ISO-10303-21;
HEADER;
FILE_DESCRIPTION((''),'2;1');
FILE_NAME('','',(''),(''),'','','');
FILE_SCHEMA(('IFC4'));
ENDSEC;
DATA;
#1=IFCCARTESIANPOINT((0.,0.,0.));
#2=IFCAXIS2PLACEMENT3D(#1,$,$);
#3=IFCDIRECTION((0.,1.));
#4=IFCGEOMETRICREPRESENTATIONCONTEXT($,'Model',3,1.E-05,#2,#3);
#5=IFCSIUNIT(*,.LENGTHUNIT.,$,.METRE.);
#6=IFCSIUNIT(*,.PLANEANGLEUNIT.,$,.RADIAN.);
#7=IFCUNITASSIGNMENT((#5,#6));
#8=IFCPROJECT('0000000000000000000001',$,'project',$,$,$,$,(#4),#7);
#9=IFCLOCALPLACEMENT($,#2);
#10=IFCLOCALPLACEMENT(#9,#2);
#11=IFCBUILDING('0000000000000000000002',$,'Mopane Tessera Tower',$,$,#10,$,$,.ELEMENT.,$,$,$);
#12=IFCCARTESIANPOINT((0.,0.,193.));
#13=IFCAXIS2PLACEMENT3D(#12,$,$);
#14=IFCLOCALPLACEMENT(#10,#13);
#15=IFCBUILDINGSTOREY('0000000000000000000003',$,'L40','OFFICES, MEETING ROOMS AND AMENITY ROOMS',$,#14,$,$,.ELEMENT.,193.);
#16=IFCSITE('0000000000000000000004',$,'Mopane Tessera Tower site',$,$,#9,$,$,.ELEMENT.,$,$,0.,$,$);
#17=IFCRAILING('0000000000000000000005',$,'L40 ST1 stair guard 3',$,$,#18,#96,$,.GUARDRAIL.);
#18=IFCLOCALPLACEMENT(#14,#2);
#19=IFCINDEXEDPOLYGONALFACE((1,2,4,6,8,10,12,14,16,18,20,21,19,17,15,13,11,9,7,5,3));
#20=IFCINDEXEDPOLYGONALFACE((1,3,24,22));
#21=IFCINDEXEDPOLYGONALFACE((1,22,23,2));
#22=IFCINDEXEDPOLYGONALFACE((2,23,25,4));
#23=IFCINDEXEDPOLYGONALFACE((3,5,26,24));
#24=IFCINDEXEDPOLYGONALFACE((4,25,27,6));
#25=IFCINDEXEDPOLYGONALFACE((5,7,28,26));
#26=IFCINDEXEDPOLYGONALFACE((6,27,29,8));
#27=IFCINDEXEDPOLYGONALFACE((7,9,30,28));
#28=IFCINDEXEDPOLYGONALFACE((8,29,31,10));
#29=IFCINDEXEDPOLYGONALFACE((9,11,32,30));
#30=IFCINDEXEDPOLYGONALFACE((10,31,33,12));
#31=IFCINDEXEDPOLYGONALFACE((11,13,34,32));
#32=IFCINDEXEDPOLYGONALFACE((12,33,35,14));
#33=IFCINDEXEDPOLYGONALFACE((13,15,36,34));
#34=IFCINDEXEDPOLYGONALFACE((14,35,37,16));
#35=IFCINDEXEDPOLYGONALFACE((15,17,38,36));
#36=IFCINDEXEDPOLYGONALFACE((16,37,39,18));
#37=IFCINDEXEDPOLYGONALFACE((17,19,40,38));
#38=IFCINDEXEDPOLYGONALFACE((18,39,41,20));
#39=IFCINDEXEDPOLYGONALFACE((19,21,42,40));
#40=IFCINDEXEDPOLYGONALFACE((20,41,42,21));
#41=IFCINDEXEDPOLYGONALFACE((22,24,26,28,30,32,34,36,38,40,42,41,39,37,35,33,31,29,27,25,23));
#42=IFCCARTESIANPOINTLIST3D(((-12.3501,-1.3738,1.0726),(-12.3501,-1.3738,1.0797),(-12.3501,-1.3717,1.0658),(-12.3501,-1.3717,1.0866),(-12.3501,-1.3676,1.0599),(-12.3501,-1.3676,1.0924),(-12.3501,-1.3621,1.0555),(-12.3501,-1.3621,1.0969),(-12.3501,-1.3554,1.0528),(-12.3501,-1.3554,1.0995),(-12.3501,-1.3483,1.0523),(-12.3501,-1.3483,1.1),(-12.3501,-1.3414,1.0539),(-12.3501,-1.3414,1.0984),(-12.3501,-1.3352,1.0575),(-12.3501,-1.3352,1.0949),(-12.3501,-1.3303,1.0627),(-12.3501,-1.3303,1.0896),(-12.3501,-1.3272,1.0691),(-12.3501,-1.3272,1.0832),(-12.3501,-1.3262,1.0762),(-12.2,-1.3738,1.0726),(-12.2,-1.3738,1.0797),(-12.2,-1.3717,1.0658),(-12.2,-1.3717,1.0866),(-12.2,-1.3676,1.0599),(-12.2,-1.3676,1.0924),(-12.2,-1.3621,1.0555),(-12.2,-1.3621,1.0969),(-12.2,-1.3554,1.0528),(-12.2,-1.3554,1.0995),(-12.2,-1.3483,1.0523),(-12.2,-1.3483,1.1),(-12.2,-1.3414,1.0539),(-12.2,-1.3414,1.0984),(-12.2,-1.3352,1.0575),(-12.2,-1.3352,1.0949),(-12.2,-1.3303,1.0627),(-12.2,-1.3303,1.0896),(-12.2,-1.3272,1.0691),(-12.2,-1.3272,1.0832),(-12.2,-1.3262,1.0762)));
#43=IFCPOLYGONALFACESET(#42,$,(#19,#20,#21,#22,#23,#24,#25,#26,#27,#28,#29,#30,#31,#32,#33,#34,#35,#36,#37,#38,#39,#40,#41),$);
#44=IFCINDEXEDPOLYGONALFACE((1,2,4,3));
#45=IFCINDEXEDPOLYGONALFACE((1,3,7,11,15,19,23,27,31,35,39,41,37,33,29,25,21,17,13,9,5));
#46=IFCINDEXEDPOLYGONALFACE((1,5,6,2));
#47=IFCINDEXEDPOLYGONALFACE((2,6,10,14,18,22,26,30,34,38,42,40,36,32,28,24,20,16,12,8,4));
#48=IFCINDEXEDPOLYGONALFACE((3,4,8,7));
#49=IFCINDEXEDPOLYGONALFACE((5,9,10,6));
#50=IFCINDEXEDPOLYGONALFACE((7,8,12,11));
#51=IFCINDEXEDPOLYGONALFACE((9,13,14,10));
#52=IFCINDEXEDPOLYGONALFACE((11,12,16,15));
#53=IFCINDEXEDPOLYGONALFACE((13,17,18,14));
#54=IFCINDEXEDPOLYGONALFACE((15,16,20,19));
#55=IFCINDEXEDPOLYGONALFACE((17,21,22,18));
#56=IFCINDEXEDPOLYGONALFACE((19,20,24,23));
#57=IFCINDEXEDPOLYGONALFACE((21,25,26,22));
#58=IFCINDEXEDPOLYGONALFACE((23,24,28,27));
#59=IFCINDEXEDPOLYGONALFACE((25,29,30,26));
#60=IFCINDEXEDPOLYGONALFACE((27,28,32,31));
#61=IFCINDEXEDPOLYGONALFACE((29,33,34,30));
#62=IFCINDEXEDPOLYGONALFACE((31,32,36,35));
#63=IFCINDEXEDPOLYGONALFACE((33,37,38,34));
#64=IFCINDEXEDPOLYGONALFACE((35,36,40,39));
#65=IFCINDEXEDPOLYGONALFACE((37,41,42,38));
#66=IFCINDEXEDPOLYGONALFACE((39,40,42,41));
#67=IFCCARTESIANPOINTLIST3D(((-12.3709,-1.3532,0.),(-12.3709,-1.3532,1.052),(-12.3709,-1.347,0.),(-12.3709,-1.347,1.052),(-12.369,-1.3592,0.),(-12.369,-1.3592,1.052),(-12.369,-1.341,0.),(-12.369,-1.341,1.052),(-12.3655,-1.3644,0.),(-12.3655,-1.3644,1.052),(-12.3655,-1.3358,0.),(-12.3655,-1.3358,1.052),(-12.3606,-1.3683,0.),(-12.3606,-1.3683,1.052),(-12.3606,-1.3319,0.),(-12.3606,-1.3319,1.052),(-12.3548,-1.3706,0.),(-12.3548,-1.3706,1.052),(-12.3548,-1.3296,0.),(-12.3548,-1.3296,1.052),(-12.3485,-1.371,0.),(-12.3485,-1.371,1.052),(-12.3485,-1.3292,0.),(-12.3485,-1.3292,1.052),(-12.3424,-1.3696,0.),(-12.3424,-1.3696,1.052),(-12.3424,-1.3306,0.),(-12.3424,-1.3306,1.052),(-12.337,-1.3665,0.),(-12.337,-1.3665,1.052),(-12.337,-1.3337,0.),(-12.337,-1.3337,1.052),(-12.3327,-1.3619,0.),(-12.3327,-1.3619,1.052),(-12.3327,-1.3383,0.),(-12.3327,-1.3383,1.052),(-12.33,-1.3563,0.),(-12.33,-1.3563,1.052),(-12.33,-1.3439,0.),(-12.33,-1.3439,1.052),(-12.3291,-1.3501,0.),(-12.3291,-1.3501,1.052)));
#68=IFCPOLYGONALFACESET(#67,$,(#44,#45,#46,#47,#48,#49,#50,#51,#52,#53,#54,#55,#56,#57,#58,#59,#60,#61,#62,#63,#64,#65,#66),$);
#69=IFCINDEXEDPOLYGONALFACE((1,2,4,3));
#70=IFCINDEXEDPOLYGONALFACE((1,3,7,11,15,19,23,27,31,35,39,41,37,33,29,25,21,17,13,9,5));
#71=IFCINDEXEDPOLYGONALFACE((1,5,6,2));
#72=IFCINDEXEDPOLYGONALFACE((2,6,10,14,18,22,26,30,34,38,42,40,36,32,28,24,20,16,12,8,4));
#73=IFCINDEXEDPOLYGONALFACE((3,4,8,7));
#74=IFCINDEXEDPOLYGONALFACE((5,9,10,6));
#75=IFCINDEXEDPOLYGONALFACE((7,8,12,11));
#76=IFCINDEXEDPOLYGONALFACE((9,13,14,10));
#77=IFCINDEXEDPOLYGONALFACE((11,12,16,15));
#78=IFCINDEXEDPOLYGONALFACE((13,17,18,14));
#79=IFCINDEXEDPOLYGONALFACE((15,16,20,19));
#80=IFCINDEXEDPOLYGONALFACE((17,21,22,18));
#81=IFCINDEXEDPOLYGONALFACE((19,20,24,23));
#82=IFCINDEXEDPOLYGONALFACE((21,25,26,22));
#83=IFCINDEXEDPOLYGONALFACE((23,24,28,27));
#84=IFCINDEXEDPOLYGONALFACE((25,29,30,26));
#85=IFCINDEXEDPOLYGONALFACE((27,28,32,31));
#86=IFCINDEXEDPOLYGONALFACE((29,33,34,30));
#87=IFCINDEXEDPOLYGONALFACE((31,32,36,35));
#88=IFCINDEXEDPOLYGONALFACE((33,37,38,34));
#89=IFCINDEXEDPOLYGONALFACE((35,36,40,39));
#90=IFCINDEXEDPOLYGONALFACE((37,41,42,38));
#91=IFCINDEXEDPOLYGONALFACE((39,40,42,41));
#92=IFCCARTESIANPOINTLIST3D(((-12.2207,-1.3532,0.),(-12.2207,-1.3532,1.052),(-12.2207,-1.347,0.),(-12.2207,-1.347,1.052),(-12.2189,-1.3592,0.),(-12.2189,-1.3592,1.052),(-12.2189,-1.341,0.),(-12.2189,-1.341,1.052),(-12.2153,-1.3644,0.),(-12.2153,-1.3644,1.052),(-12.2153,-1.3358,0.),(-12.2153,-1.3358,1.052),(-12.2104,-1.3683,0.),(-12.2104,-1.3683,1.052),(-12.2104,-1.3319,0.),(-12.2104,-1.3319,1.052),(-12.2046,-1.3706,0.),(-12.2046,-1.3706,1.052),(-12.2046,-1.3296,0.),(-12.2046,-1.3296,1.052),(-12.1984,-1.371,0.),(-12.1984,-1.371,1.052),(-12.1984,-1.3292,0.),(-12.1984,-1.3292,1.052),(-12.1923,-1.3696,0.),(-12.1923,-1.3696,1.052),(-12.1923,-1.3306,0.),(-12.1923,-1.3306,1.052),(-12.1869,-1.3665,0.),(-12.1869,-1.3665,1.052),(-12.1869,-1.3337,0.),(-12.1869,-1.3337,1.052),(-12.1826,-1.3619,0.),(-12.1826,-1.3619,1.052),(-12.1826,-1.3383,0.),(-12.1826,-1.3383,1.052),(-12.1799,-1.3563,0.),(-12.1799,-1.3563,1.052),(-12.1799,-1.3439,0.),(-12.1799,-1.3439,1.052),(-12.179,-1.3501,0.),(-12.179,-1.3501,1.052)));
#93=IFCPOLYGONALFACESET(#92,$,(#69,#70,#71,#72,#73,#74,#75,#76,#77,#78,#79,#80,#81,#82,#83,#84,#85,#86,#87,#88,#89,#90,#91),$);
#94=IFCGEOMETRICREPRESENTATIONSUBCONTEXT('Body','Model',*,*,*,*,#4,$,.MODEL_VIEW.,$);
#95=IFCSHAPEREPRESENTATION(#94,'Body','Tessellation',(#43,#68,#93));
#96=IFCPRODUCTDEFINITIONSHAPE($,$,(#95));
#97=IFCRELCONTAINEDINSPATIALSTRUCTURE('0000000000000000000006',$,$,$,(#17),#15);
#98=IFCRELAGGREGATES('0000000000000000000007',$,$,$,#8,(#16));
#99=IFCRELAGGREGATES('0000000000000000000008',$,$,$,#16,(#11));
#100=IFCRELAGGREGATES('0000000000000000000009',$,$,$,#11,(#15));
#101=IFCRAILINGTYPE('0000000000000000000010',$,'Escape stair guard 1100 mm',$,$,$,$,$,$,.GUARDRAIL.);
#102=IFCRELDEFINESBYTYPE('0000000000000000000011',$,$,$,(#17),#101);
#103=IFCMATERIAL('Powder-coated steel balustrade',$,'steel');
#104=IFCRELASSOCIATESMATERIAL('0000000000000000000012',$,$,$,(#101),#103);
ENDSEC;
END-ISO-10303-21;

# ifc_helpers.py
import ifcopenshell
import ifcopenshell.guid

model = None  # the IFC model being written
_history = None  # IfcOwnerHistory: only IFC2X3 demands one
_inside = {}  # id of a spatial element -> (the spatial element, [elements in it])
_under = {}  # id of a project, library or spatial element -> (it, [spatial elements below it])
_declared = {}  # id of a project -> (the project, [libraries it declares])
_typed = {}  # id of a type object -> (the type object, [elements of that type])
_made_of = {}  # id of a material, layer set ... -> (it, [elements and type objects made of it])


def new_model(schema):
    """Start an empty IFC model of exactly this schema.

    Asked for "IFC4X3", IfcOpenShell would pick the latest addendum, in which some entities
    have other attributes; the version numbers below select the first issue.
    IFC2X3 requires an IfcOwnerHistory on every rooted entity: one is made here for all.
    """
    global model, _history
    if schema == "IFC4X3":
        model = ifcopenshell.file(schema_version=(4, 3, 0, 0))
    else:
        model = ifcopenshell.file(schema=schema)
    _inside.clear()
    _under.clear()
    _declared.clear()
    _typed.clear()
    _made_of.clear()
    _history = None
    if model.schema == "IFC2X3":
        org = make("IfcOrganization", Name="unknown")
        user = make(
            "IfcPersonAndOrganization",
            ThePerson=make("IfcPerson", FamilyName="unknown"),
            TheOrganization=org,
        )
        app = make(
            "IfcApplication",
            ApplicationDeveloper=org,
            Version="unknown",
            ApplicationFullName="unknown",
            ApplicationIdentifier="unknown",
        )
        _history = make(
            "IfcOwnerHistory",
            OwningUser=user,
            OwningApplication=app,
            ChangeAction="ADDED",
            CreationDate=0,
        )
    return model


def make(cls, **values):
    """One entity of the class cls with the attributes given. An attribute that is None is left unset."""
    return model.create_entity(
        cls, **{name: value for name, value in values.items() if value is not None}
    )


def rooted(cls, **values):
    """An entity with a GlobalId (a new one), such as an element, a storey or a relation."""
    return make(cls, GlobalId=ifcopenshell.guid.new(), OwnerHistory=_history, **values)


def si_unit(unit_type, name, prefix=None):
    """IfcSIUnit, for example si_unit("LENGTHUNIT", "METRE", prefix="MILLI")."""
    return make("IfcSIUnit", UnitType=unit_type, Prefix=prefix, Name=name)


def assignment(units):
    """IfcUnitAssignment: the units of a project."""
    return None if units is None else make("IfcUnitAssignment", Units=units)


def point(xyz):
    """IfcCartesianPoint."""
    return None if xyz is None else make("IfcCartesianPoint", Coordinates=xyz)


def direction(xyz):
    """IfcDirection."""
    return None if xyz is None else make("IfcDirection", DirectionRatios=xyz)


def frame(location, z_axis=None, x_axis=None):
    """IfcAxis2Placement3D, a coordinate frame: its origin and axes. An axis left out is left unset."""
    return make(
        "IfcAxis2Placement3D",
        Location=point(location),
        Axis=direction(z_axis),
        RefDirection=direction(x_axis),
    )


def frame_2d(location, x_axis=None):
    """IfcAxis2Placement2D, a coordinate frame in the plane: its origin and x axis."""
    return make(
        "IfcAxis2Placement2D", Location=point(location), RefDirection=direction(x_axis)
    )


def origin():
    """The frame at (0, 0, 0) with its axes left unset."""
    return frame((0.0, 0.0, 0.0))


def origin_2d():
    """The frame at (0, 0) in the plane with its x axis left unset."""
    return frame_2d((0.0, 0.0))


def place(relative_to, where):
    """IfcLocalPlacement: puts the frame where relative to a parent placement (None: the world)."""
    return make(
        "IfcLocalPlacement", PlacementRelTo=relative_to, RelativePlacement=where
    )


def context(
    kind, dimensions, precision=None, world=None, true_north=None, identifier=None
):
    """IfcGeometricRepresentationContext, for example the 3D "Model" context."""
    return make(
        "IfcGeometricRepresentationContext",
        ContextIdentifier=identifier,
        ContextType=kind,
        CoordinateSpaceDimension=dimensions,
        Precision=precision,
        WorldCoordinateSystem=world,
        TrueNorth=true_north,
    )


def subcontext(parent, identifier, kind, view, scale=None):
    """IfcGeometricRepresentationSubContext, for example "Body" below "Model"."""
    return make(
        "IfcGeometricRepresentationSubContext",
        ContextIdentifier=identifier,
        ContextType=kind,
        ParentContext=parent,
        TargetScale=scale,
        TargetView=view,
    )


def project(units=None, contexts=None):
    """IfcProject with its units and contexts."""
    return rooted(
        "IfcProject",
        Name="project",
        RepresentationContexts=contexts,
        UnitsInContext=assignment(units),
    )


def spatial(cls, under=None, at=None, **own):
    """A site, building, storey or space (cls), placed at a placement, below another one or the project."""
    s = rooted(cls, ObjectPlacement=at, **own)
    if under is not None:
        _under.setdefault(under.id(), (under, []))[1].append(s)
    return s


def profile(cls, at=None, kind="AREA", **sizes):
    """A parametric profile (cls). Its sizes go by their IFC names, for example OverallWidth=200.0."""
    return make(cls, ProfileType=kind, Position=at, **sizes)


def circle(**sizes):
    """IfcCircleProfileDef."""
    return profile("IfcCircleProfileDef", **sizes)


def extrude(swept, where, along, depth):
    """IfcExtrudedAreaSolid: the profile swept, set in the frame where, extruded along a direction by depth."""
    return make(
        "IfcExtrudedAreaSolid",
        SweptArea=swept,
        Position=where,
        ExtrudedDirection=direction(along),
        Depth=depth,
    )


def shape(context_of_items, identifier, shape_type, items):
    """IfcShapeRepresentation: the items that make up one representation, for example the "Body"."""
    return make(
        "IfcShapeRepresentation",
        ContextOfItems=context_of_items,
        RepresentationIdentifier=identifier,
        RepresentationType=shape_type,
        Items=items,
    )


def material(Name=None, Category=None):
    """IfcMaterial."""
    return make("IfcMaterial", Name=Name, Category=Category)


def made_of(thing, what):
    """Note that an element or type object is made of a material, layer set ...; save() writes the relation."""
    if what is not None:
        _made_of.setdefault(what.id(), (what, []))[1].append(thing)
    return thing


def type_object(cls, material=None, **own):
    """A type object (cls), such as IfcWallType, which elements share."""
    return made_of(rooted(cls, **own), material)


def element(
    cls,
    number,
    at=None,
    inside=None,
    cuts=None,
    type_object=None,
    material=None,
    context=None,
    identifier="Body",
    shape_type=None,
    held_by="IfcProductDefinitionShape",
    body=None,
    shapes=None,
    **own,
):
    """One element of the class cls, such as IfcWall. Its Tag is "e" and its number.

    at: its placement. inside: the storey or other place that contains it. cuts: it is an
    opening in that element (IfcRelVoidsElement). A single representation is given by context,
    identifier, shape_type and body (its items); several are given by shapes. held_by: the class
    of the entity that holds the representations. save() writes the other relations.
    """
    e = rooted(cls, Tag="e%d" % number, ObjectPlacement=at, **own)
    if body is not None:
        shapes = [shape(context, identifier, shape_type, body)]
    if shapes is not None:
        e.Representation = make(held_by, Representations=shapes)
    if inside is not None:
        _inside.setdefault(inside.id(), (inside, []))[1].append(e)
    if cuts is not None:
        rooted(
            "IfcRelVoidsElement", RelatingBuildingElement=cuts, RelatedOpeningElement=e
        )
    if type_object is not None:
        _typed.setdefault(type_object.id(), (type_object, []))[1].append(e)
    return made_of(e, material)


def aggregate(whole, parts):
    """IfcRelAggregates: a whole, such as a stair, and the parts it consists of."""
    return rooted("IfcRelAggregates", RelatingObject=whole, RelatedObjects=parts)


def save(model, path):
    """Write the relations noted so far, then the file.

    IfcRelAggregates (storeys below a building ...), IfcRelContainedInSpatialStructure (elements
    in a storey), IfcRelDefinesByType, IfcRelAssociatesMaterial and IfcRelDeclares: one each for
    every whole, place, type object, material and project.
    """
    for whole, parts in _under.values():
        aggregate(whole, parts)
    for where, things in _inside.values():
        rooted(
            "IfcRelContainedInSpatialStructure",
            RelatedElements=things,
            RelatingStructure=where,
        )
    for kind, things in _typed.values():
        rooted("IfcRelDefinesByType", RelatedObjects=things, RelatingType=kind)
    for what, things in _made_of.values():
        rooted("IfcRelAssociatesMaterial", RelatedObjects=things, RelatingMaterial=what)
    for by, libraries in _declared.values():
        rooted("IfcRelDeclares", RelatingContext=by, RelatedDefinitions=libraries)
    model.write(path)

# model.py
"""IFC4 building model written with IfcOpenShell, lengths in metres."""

from ifc_helpers import new_model, si_unit, direction, frame, origin, origin_2d, place, context, subcontext, project, spatial, circle, extrude, material, type_object, element, save


model = new_model("IFC4")

# Units and contexts
model_context = context("Model", 3, precision=1e-05, world=origin(), true_north=direction((0.0, 1.0)))
body_context = subcontext(model_context, "Body", "Model", "MODEL_VIEW")
ifc_project = project(units=[si_unit("LENGTHUNIT", "METRE"), si_unit("PLANEANGLEUNIT", "RADIAN")], contexts=[model_context])

# Site, building, storey
site_placement = place(None, origin())
site = spatial("IfcSite", under=ifc_project, at=site_placement, Name="Mopane Tessera Tower site", CompositionType="ELEMENT", RefElevation=0.0)
building_placement = place(site_placement, origin())
building = spatial("IfcBuilding", under=site, at=building_placement, Name="Mopane Tessera Tower", CompositionType="ELEMENT")
storey_placement = place(building_placement, frame((0.0, 0.0, 193.0)))
storey = spatial("IfcBuildingStorey", under=building, at=storey_placement, Name="L40", Description="OFFICES, MEETING ROOMS AND AMENITY ROOMS", CompositionType="ELEMENT", Elevation=193.0)

# Railing
ifc_material_1 = material(Name="Powder-coated steel balustrade", Category="steel")
railing_type_1 = type_object("IfcRailingType", Name="Escape stair guard 1100 mm", PredefinedType="GUARDRAIL", material=ifc_material_1)
railing_1_placement = place(storey_placement, frame((-12.3501, -1.3501, 0.0)))
element("IfcRailing", 1, at=railing_1_placement, inside=storey, type_object=railing_type_1, Name="L40 ST1 stair guard 3", PredefinedType="GUARDRAIL", context=body_context, shape_type="SweptSolid", body=[
    extrude(circle(Radius=0.0239, at=origin_2d()), frame((0.0, 0.0, 1.0762), z_axis=(1.0, 0.0, 0.0), x_axis=(0.0, 1.0, 0.0)), (0.0, 0.0, 1.0), 0.1501),
    extrude(circle(Radius=0.021, at=origin_2d()), origin(), (0.0, 0.0, 1.0), 1.052),
    extrude(circle(Radius=0.021, at=origin_2d()), frame((0.1501, 0.0, 0.0)), (0.0, 0.0, 1.0), 1.052),
])

save(model, "model.ifc")
